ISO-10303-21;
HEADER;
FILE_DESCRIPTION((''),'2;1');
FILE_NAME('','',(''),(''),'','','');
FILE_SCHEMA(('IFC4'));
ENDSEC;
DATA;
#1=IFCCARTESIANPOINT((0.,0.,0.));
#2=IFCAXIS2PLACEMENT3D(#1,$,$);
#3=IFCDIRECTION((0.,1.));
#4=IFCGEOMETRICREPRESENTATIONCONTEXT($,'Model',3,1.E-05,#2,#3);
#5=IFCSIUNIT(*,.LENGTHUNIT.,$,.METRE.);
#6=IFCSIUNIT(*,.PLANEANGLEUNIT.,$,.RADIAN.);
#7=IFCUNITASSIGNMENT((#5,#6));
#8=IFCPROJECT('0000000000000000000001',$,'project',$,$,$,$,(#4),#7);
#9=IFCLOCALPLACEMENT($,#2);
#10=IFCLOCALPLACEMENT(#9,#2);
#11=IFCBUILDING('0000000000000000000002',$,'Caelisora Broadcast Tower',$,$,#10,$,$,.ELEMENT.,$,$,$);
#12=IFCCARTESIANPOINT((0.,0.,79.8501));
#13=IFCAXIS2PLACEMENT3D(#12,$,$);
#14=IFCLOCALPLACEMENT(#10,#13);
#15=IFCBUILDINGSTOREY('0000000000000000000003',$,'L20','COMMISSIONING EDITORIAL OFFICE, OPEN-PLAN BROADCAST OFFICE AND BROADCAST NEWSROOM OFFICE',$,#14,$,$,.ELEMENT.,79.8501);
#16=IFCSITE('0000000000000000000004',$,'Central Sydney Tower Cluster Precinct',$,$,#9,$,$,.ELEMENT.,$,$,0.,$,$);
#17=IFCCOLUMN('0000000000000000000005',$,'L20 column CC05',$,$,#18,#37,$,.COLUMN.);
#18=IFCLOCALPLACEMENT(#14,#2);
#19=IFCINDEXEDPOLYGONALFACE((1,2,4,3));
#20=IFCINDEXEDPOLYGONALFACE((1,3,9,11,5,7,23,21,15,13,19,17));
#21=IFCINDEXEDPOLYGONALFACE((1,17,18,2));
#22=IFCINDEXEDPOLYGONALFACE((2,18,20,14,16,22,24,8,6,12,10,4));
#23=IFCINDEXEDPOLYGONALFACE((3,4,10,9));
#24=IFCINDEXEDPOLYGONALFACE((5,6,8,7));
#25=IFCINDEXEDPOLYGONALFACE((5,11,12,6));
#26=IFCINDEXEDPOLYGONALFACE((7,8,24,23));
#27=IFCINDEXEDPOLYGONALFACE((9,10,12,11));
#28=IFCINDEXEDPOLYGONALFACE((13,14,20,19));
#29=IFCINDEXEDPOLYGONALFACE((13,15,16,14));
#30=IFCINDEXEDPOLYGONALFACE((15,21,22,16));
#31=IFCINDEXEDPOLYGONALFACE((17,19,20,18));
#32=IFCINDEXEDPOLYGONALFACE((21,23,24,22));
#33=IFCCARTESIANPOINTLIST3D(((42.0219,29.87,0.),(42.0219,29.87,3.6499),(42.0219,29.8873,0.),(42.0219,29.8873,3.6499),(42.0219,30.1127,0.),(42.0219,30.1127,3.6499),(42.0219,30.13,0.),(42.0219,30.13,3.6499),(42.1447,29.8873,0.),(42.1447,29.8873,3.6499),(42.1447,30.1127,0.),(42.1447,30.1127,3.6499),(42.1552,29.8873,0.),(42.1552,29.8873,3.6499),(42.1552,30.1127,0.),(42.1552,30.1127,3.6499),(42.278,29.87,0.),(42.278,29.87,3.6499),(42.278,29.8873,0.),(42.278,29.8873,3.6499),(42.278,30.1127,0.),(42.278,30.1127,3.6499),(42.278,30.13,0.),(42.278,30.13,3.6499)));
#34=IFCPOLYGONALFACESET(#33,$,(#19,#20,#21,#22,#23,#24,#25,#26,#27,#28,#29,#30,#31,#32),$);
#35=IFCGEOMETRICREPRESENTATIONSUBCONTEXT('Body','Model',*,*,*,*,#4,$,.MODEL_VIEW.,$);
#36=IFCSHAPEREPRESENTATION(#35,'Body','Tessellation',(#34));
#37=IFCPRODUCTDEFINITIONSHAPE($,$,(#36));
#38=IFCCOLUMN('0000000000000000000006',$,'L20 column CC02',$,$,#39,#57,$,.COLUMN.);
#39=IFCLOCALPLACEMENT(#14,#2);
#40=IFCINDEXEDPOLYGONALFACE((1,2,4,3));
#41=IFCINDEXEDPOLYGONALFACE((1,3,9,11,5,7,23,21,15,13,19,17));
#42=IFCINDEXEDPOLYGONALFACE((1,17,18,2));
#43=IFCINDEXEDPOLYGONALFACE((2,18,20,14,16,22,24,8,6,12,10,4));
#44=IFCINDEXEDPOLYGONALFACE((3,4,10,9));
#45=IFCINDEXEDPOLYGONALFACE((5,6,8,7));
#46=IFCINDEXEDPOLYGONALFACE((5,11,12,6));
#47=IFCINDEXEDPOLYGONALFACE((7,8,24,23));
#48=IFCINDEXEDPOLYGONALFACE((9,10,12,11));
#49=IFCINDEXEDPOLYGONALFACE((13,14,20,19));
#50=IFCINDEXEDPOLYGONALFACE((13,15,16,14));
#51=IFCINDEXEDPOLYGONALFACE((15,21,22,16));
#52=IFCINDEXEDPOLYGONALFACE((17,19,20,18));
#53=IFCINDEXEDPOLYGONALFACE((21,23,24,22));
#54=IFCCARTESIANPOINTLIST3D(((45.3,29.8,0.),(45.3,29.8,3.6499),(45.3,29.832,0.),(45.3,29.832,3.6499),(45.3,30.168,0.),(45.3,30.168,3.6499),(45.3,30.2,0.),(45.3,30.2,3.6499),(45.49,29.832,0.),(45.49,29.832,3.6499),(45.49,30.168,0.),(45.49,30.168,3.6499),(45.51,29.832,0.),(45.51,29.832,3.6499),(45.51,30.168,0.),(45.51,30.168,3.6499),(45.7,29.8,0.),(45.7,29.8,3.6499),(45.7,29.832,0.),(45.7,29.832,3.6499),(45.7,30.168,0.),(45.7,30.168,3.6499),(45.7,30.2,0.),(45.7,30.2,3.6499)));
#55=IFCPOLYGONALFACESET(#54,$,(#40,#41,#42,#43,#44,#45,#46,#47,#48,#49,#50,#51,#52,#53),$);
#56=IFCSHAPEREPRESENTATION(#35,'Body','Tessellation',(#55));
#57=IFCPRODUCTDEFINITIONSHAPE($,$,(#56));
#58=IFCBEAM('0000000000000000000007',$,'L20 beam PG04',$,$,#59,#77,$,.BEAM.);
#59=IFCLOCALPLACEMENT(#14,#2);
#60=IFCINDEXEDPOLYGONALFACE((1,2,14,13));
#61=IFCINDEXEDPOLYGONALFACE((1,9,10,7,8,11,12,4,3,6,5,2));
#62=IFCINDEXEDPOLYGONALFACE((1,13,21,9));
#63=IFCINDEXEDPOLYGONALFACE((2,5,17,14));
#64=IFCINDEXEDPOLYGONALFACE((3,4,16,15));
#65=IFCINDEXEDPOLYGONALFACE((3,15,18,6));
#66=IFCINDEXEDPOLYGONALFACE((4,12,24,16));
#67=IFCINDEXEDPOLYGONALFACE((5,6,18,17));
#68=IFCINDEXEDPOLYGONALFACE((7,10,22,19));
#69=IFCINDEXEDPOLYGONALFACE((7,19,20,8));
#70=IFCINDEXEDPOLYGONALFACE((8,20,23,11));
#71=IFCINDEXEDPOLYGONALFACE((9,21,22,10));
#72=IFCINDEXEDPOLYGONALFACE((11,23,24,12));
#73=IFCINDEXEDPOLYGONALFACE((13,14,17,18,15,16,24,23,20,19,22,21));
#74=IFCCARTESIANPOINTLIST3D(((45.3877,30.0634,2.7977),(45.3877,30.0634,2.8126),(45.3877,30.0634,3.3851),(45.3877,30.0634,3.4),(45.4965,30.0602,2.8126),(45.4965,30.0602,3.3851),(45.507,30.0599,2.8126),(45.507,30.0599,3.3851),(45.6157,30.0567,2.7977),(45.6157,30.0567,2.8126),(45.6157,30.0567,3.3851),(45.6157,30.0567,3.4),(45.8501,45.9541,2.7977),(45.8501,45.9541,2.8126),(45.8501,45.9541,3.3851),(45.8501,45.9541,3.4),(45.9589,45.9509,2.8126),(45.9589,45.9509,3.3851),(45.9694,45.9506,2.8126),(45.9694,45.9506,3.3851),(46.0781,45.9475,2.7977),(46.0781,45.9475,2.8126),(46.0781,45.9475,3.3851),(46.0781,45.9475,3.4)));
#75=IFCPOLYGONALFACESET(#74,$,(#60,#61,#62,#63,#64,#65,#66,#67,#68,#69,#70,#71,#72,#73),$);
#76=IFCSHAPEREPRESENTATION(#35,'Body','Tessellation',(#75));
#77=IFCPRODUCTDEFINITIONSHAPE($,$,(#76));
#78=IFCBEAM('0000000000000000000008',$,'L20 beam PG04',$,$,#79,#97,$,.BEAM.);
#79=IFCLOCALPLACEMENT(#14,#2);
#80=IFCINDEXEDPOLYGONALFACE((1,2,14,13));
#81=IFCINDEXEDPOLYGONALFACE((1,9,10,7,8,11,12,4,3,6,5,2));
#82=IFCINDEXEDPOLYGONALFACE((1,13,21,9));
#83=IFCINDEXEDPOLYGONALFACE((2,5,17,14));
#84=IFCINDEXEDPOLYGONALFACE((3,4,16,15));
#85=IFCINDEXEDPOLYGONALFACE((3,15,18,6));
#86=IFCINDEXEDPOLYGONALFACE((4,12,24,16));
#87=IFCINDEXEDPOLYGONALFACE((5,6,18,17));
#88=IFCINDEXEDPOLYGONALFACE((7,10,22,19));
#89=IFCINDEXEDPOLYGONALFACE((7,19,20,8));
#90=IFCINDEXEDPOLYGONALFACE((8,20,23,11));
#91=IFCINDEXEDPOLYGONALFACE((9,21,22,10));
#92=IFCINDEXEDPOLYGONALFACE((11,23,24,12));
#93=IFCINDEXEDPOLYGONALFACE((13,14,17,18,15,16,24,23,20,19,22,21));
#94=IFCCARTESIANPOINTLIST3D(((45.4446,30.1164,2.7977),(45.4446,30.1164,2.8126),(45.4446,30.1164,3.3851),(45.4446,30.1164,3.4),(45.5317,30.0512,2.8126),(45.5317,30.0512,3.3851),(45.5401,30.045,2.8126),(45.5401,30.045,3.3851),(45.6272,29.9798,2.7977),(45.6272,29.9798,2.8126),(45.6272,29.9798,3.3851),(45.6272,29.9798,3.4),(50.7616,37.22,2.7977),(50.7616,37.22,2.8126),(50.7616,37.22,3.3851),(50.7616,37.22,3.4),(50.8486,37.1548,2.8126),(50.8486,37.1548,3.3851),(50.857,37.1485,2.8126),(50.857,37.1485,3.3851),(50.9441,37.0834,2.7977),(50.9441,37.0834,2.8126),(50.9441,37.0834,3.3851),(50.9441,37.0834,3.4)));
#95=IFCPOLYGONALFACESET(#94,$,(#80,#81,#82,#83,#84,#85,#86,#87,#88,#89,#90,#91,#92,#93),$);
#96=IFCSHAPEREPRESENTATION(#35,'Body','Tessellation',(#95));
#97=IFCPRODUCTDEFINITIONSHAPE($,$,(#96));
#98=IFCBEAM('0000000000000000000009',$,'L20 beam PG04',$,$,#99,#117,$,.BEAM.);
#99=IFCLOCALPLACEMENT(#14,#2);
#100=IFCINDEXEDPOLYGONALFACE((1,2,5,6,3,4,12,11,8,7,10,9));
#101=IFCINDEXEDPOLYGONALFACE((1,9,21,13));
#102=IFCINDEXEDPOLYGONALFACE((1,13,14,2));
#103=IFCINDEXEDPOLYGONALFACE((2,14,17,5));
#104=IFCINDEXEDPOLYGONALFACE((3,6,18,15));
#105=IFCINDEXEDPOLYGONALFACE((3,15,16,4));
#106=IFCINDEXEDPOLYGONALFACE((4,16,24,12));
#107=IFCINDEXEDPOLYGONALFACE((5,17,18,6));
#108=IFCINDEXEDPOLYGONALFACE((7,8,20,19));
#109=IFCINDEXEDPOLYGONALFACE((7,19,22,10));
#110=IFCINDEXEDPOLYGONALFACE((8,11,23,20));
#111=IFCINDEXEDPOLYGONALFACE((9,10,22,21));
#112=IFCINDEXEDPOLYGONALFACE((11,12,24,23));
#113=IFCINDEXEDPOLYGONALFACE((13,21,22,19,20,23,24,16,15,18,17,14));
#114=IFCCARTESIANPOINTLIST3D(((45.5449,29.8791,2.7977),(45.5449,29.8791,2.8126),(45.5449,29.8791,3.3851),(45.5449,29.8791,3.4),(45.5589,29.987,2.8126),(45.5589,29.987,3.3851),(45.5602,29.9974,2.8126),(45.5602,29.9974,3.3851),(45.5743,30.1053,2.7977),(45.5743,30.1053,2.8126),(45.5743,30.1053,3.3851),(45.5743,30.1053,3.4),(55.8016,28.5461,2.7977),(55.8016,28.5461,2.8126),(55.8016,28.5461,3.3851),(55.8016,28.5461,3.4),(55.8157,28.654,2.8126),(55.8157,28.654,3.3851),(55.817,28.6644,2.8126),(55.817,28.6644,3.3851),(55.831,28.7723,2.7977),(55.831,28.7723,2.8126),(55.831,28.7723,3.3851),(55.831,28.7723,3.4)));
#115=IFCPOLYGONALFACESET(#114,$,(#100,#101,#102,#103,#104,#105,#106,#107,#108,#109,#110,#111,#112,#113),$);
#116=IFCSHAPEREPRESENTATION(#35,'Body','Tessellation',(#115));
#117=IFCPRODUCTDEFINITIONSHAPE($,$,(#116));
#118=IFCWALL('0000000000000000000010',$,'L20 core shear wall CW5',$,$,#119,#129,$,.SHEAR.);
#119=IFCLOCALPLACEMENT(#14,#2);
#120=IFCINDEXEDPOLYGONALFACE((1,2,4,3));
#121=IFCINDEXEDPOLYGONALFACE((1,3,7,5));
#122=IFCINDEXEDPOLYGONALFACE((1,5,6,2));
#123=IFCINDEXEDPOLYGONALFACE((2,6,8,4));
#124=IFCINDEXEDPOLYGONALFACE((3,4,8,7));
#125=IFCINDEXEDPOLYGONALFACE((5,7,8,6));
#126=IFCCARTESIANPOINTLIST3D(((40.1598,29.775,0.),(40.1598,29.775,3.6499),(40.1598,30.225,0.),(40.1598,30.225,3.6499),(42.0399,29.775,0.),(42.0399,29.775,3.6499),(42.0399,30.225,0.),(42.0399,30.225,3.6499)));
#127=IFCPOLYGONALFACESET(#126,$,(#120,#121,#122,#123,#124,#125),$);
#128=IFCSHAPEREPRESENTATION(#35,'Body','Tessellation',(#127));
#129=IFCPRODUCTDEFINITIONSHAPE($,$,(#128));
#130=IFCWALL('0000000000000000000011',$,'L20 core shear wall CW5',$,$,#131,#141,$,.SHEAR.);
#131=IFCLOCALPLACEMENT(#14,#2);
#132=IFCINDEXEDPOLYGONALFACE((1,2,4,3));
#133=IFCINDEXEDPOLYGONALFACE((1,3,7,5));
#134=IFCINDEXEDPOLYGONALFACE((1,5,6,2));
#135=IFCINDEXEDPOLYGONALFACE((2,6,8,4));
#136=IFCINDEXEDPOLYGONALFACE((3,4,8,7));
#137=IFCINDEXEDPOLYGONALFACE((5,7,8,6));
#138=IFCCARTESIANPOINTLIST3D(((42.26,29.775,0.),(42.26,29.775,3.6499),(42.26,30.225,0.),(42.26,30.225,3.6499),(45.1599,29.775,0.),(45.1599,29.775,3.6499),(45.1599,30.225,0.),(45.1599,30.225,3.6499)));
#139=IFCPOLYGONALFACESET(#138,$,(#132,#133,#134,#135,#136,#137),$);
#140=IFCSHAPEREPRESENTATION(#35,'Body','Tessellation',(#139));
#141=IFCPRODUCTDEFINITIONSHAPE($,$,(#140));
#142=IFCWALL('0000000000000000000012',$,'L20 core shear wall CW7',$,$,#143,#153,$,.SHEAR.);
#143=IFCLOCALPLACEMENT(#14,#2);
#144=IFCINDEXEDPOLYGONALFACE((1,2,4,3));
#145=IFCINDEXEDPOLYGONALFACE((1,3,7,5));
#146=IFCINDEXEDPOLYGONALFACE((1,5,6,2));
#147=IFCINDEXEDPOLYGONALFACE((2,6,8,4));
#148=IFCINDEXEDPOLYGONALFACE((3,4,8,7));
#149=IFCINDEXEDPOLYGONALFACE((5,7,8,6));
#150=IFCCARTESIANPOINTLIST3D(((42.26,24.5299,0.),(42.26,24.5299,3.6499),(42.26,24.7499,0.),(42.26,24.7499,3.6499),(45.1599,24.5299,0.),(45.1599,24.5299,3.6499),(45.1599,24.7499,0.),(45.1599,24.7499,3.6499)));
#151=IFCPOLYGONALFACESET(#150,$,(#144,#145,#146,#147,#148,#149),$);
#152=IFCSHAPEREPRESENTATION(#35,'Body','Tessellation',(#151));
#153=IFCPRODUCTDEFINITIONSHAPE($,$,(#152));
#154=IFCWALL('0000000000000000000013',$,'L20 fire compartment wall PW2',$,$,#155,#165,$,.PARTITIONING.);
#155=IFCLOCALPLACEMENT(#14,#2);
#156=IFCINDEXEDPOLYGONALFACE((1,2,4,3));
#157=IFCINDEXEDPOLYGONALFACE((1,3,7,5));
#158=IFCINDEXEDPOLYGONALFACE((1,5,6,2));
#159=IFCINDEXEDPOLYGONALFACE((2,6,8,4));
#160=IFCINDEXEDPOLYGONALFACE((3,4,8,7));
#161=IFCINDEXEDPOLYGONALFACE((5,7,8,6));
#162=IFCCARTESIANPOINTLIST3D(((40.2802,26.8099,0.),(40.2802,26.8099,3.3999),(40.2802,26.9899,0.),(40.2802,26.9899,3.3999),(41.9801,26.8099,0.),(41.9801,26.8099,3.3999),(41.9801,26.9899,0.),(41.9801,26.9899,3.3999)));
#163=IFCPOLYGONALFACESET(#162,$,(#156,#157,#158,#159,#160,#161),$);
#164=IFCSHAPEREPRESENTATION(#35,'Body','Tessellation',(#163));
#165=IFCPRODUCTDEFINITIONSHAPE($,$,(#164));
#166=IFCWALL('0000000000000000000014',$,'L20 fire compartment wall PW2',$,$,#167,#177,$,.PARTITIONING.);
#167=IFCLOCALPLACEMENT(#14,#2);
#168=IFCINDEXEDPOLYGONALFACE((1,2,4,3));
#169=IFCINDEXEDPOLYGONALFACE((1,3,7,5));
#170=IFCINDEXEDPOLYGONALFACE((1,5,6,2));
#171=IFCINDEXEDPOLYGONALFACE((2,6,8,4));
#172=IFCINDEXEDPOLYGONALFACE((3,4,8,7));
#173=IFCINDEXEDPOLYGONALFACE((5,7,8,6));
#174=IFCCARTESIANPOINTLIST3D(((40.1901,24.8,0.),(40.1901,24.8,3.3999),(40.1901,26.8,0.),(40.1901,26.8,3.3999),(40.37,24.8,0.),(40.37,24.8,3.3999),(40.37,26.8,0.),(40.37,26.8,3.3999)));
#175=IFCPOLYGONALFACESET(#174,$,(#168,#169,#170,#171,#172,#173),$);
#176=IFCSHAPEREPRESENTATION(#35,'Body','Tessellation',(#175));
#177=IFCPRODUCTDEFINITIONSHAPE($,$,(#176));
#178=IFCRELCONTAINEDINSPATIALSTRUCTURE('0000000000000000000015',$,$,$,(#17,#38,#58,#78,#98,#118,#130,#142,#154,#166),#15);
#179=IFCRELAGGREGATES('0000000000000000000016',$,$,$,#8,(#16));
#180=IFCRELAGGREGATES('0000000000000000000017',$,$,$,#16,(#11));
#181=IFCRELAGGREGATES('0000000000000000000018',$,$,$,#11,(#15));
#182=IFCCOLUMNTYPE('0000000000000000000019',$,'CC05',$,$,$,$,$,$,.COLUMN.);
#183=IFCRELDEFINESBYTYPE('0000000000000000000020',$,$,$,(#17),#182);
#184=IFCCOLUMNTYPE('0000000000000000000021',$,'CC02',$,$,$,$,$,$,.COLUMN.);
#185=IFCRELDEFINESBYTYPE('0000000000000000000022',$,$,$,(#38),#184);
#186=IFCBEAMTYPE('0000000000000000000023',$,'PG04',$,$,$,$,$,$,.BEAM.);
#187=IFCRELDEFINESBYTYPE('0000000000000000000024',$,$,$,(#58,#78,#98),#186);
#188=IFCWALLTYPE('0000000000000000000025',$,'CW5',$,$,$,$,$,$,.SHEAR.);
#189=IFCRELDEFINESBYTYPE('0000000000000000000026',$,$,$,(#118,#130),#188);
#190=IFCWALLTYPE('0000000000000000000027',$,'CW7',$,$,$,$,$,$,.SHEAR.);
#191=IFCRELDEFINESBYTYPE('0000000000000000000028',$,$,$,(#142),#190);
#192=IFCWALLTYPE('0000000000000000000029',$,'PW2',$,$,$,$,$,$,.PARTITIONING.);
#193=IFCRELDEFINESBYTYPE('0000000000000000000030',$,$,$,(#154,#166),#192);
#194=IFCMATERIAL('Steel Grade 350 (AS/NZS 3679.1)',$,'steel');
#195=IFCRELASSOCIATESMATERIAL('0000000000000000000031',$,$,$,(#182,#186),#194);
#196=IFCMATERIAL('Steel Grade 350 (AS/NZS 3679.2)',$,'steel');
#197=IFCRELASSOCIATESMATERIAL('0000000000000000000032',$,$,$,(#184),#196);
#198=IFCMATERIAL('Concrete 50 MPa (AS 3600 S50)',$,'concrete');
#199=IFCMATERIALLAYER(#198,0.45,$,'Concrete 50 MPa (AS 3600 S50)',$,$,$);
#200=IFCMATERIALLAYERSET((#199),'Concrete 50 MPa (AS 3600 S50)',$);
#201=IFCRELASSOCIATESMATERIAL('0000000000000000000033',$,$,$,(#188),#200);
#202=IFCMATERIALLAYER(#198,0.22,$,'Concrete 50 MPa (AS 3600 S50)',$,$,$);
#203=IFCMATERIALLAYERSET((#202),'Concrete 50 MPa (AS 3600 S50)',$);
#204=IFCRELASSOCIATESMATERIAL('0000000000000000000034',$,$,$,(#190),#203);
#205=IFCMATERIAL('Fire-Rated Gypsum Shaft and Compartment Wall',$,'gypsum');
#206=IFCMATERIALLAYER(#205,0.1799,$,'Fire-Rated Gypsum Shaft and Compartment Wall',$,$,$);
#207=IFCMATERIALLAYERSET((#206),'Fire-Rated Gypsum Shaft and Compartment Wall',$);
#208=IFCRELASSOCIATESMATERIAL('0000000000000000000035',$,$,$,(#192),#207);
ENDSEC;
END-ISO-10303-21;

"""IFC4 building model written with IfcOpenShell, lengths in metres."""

from ifc_helpers import new_model, si_unit, direction, frame, frame_2d, origin, origin_2d, place, context, subcontext, project, spatial, rectangle, i_section, extrude, source, transform, mapped, material, layer, layer_set, material_profile, profile_set, type_object, type_shapes, element, save


model = new_model("IFC4")

# Units and contexts
model_context = context("Model", 3, precision=1e-05, world=origin(), true_north=direction((0.0, 1.0)))
body_context = subcontext(model_context, "Body", "Model", "MODEL_VIEW")
ifc_project = project(units=[si_unit("LENGTHUNIT", "METRE"), si_unit("PLANEANGLEUNIT", "RADIAN")], contexts=[model_context])

# Site, building, storey
site_placement = place(None, origin())
site = spatial("IfcSite", under=ifc_project, at=site_placement, Name="Central Sydney Tower Cluster Precinct", CompositionType="ELEMENT", RefElevation=0.0)
building_placement = place(site_placement, origin())
building = spatial("IfcBuilding", under=site, at=building_placement, Name="Caelisora Broadcast Tower", CompositionType="ELEMENT")
storey_placement = place(building_placement, frame((0.0, 0.0, 79.8501)))
storey = spatial("IfcBuildingStorey", under=building, at=storey_placement, Name="L20", Description="COMMISSIONING EDITORIAL OFFICE, OPEN-PLAN BROADCAST OFFICE AND BROADCAST NEWSROOM OFFICE", CompositionType="ELEMENT", Elevation=79.8501)

# Columns
ifc_material_1 = material(Name="Steel Grade 350 (AS/NZS 3679.1)", Category="steel")
ifc_material_profile_1 = material_profile(ifc_material_1, i_section(OverallWidth=0.2561, OverallDepth=0.26, WebThickness=0.0105, FlangeThickness=0.0173, at=origin_2d()), Name="Steel Grade 350 (AS/NZS 3679.1)")
ifc_profile_set_1 = profile_set([ifc_material_profile_1], Name="Steel Grade 350 (AS/NZS 3679.1)")
column_type_1 = type_object("IfcColumnType", Name="CC05", PredefinedType="COLUMN", material=ifc_profile_set_1)
shared_shape_1 = source(origin(), body_context, "Body", "SweptSolid", [
    extrude(i_section(OverallWidth=0.2561, OverallDepth=0.26, WebThickness=0.0105, FlangeThickness=0.0173, at=origin_2d()), origin(), (0.0, 0.0, 1.0), 3.6499),
])
type_shapes(column_type_1, [shared_shape_1])
column_1_placement = place(storey_placement, frame((42.1499, 30.0, 0.0), z_axis=(0.0, 0.0, 1.0), x_axis=(1.0, 0.0, 0.0)))
element("IfcColumn", 1, at=column_1_placement, inside=storey, type_object=column_type_1, Name="L20 column CC05", PredefinedType="COLUMN", context=body_context, shape_type="MappedRepresentation", body=[
    mapped(shared_shape_1, transform((0.0, 0.0, 0.0), scale=1.0)),
])
ifc_material_2 = material(Name="Steel Grade 350 (AS/NZS 3679.2)", Category="steel")
ifc_material_profile_2 = material_profile(ifc_material_2, i_section(OverallWidth=0.3999, OverallDepth=0.3999, WebThickness=0.02, FlangeThickness=0.032, at=origin_2d()), Name="Steel Grade 350 (AS/NZS 3679.2)")
ifc_profile_set_2 = profile_set([ifc_material_profile_2], Name="Steel Grade 350 (AS/NZS 3679.2)")
column_type_2 = type_object("IfcColumnType", Name="CC02", PredefinedType="COLUMN", material=ifc_profile_set_2)
shared_shape_2 = source(origin(), body_context, "Body", "SweptSolid", [
    extrude(i_section(OverallWidth=0.3999, OverallDepth=0.3999, WebThickness=0.02, FlangeThickness=0.032, at=origin_2d()), origin(), (0.0, 0.0, 1.0), 3.6499),
])
type_shapes(column_type_2, [shared_shape_2])
column_2_placement = place(storey_placement, frame((45.5, 30.0, 0.0), z_axis=(0.0, 0.0, 1.0), x_axis=(1.0, 0.0, 0.0)))
element("IfcColumn", 2, at=column_2_placement, inside=storey, type_object=column_type_2, Name="L20 column CC02", PredefinedType="COLUMN", context=body_context, shape_type="MappedRepresentation", body=[
    mapped(shared_shape_2, transform((0.0, 0.0, 0.0), scale=1.0)),
])

# Beams
ifc_material_profile_3 = material_profile(ifc_material_1, i_section(OverallWidth=0.228, OverallDepth=0.6023, WebThickness=0.0105, FlangeThickness=0.0149, at=origin_2d()), Name="Steel Grade 350 (AS/NZS 3679.1)")
ifc_profile_set_3 = profile_set([ifc_material_profile_3], Name="Steel Grade 350 (AS/NZS 3679.1)")
beam_type = type_object("IfcBeamType", Name="PG04", PredefinedType="BEAM", material=ifc_profile_set_3)
shared_shape_3 = source(origin(), body_context, "Body", "SweptSolid", [
    extrude(i_section(OverallWidth=0.228, OverallDepth=0.6023, WebThickness=0.0105, FlangeThickness=0.0149, at=origin_2d()), origin(), (0.0, 0.0, 1.0), 15.8975),
])
beam_1_placement = place(storey_placement, frame((45.5017, 30.0601, 3.0989), z_axis=(0.029087, 0.999577, 0.0), x_axis=(-0.999577, 0.029087, 0.0)))
element("IfcBeam", 3, at=beam_1_placement, inside=storey, type_object=beam_type, Name="L20 beam PG04", PredefinedType="BEAM", context=body_context, shape_type="MappedRepresentation", body=[
    mapped(shared_shape_3, transform((0.0, 0.0, 0.0), scale=1.0)),
])
shared_shape_4 = source(origin(), body_context, "Body", "SweptSolid", [
    extrude(i_section(OverallWidth=0.228, OverallDepth=0.6023, WebThickness=0.0105, FlangeThickness=0.0149, at=origin_2d()), origin(), (0.0, 0.0, 1.0), 8.873),
])
beam_2_placement = place(storey_placement, frame((45.5359, 30.0481, 3.0989), z_axis=(0.599225, 0.800581, 0.0), x_axis=(-0.800581, 0.599225, 0.0)))
element("IfcBeam", 4, at=beam_2_placement, inside=storey, type_object=beam_type, Name="L20 beam PG04", PredefinedType="BEAM", context=body_context, shape_type="MappedRepresentation", body=[
    mapped(shared_shape_4, transform((0.0, 0.0, 0.0), scale=1.0)),
])
shared_shape_5 = source(origin(), body_context, "Body", "SweptSolid", [
    extrude(i_section(OverallWidth=0.228, OverallDepth=0.6023, WebThickness=0.0105, FlangeThickness=0.0149, at=origin_2d()), origin(), (0.0, 0.0, 1.0), 10.343),
])
type_shapes(beam_type, [shared_shape_3, shared_shape_4, shared_shape_5])
beam_3_placement = place(storey_placement, frame((45.5596, 29.9922, 3.0989), z_axis=(0.99166, -0.128879, 0.0), x_axis=(0.128879, 0.99166, 0.0)))
element("IfcBeam", 5, at=beam_3_placement, inside=storey, type_object=beam_type, Name="L20 beam PG04", PredefinedType="BEAM", context=body_context, shape_type="MappedRepresentation", body=[
    mapped(shared_shape_5, transform((0.0, 0.0, 0.0), scale=1.0)),
])

# Walls
ifc_material_3 = material(Name="Concrete 50 MPa (AS 3600 S50)", Category="concrete")
ifc_layer_1 = layer(ifc_material_3, 0.45, Name="Concrete 50 MPa (AS 3600 S50)")
ifc_layer_set_1 = layer_set([ifc_layer_1], Name="Concrete 50 MPa (AS 3600 S50)")
wall_type_1 = type_object("IfcWallType", Name="CW5", PredefinedType="SHEAR", material=ifc_layer_set_1)
wall_1_placement = place(storey_placement, frame((40.1599, 30.0, 0.0), z_axis=(0.0, 0.0, 1.0), x_axis=(1.0, 0.0, 0.0)))
element("IfcWall", 6, at=wall_1_placement, inside=storey, type_object=wall_type_1, Name="L20 core shear wall CW5", PredefinedType="SHEAR", context=body_context, shape_type="SweptSolid", body=[
    extrude(rectangle(XDim=1.8801, YDim=0.45, at=frame_2d((0.9399, 0.0))), origin(), (0.0, 0.0, 1.0), 3.6499),
])
wall_2_placement = place(storey_placement, frame((42.26, 30.0, 0.0), z_axis=(0.0, 0.0, 1.0), x_axis=(1.0, 0.0, 0.0)))
element("IfcWall", 7, at=wall_2_placement, inside=storey, type_object=wall_type_1, Name="L20 core shear wall CW5", PredefinedType="SHEAR", context=body_context, shape_type="SweptSolid", body=[
    extrude(rectangle(XDim=2.8999, YDim=0.45, at=frame_2d((1.45, 0.0))), origin(), (0.0, 0.0, 1.0), 3.6499),
])
ifc_layer_2 = layer(ifc_material_3, 0.22, Name="Concrete 50 MPa (AS 3600 S50)")
ifc_layer_set_2 = layer_set([ifc_layer_2], Name="Concrete 50 MPa (AS 3600 S50)")
wall_type_2 = type_object("IfcWallType", Name="CW7", PredefinedType="SHEAR", material=ifc_layer_set_2)
wall_3_placement = place(storey_placement, frame((42.26, 24.6399, 0.0), z_axis=(0.0, 0.0, 1.0), x_axis=(1.0, 0.0, 0.0)))
element("IfcWall", 8, at=wall_3_placement, inside=storey, type_object=wall_type_2, Name="L20 core shear wall CW7", PredefinedType="SHEAR", context=body_context, shape_type="SweptSolid", body=[
    extrude(rectangle(XDim=2.8999, YDim=0.22, at=frame_2d((1.45, 0.0))), origin(), (0.0, 0.0, 1.0), 3.6499),
])
ifc_material_4 = material(Name="Fire-Rated Gypsum Shaft and Compartment Wall", Category="gypsum")
ifc_layer_3 = layer(ifc_material_4, 0.1799, Name="Fire-Rated Gypsum Shaft and Compartment Wall")
ifc_layer_set_3 = layer_set([ifc_layer_3], Name="Fire-Rated Gypsum Shaft and Compartment Wall")
wall_type_3 = type_object("IfcWallType", Name="PW2", PredefinedType="PARTITIONING", material=ifc_layer_set_3)
wall_4_placement = place(storey_placement, frame((40.28, 26.8999, 0.0), z_axis=(0.0, 0.0, 1.0), x_axis=(1.0, 0.0, 0.0)))
element("IfcWall", 9, at=wall_4_placement, inside=storey, type_object=wall_type_3, Name="L20 fire compartment wall PW2", PredefinedType="PARTITIONING", context=body_context, shape_type="SweptSolid", body=[
    extrude(rectangle(XDim=1.7, YDim=0.1799, at=frame_2d((0.8501, 0.0))), origin(), (0.0, 0.0, 1.0), 3.3999),
])
wall_5_placement = place(storey_placement, frame((40.28, 24.8, 0.0), z_axis=(0.0, 0.0, 1.0), x_axis=(0.0, 1.0, 0.0)))
element("IfcWall", 10, at=wall_5_placement, inside=storey, type_object=wall_type_3, Name="L20 fire compartment wall PW2", PredefinedType="PARTITIONING", context=body_context, shape_type="SweptSolid", body=[
    extrude(rectangle(XDim=2.0, YDim=0.1799, at=frame_2d((1.0, 0.0))), origin(), (0.0, 0.0, 1.0), 3.3999),
])

save(model, "model.ifc")
